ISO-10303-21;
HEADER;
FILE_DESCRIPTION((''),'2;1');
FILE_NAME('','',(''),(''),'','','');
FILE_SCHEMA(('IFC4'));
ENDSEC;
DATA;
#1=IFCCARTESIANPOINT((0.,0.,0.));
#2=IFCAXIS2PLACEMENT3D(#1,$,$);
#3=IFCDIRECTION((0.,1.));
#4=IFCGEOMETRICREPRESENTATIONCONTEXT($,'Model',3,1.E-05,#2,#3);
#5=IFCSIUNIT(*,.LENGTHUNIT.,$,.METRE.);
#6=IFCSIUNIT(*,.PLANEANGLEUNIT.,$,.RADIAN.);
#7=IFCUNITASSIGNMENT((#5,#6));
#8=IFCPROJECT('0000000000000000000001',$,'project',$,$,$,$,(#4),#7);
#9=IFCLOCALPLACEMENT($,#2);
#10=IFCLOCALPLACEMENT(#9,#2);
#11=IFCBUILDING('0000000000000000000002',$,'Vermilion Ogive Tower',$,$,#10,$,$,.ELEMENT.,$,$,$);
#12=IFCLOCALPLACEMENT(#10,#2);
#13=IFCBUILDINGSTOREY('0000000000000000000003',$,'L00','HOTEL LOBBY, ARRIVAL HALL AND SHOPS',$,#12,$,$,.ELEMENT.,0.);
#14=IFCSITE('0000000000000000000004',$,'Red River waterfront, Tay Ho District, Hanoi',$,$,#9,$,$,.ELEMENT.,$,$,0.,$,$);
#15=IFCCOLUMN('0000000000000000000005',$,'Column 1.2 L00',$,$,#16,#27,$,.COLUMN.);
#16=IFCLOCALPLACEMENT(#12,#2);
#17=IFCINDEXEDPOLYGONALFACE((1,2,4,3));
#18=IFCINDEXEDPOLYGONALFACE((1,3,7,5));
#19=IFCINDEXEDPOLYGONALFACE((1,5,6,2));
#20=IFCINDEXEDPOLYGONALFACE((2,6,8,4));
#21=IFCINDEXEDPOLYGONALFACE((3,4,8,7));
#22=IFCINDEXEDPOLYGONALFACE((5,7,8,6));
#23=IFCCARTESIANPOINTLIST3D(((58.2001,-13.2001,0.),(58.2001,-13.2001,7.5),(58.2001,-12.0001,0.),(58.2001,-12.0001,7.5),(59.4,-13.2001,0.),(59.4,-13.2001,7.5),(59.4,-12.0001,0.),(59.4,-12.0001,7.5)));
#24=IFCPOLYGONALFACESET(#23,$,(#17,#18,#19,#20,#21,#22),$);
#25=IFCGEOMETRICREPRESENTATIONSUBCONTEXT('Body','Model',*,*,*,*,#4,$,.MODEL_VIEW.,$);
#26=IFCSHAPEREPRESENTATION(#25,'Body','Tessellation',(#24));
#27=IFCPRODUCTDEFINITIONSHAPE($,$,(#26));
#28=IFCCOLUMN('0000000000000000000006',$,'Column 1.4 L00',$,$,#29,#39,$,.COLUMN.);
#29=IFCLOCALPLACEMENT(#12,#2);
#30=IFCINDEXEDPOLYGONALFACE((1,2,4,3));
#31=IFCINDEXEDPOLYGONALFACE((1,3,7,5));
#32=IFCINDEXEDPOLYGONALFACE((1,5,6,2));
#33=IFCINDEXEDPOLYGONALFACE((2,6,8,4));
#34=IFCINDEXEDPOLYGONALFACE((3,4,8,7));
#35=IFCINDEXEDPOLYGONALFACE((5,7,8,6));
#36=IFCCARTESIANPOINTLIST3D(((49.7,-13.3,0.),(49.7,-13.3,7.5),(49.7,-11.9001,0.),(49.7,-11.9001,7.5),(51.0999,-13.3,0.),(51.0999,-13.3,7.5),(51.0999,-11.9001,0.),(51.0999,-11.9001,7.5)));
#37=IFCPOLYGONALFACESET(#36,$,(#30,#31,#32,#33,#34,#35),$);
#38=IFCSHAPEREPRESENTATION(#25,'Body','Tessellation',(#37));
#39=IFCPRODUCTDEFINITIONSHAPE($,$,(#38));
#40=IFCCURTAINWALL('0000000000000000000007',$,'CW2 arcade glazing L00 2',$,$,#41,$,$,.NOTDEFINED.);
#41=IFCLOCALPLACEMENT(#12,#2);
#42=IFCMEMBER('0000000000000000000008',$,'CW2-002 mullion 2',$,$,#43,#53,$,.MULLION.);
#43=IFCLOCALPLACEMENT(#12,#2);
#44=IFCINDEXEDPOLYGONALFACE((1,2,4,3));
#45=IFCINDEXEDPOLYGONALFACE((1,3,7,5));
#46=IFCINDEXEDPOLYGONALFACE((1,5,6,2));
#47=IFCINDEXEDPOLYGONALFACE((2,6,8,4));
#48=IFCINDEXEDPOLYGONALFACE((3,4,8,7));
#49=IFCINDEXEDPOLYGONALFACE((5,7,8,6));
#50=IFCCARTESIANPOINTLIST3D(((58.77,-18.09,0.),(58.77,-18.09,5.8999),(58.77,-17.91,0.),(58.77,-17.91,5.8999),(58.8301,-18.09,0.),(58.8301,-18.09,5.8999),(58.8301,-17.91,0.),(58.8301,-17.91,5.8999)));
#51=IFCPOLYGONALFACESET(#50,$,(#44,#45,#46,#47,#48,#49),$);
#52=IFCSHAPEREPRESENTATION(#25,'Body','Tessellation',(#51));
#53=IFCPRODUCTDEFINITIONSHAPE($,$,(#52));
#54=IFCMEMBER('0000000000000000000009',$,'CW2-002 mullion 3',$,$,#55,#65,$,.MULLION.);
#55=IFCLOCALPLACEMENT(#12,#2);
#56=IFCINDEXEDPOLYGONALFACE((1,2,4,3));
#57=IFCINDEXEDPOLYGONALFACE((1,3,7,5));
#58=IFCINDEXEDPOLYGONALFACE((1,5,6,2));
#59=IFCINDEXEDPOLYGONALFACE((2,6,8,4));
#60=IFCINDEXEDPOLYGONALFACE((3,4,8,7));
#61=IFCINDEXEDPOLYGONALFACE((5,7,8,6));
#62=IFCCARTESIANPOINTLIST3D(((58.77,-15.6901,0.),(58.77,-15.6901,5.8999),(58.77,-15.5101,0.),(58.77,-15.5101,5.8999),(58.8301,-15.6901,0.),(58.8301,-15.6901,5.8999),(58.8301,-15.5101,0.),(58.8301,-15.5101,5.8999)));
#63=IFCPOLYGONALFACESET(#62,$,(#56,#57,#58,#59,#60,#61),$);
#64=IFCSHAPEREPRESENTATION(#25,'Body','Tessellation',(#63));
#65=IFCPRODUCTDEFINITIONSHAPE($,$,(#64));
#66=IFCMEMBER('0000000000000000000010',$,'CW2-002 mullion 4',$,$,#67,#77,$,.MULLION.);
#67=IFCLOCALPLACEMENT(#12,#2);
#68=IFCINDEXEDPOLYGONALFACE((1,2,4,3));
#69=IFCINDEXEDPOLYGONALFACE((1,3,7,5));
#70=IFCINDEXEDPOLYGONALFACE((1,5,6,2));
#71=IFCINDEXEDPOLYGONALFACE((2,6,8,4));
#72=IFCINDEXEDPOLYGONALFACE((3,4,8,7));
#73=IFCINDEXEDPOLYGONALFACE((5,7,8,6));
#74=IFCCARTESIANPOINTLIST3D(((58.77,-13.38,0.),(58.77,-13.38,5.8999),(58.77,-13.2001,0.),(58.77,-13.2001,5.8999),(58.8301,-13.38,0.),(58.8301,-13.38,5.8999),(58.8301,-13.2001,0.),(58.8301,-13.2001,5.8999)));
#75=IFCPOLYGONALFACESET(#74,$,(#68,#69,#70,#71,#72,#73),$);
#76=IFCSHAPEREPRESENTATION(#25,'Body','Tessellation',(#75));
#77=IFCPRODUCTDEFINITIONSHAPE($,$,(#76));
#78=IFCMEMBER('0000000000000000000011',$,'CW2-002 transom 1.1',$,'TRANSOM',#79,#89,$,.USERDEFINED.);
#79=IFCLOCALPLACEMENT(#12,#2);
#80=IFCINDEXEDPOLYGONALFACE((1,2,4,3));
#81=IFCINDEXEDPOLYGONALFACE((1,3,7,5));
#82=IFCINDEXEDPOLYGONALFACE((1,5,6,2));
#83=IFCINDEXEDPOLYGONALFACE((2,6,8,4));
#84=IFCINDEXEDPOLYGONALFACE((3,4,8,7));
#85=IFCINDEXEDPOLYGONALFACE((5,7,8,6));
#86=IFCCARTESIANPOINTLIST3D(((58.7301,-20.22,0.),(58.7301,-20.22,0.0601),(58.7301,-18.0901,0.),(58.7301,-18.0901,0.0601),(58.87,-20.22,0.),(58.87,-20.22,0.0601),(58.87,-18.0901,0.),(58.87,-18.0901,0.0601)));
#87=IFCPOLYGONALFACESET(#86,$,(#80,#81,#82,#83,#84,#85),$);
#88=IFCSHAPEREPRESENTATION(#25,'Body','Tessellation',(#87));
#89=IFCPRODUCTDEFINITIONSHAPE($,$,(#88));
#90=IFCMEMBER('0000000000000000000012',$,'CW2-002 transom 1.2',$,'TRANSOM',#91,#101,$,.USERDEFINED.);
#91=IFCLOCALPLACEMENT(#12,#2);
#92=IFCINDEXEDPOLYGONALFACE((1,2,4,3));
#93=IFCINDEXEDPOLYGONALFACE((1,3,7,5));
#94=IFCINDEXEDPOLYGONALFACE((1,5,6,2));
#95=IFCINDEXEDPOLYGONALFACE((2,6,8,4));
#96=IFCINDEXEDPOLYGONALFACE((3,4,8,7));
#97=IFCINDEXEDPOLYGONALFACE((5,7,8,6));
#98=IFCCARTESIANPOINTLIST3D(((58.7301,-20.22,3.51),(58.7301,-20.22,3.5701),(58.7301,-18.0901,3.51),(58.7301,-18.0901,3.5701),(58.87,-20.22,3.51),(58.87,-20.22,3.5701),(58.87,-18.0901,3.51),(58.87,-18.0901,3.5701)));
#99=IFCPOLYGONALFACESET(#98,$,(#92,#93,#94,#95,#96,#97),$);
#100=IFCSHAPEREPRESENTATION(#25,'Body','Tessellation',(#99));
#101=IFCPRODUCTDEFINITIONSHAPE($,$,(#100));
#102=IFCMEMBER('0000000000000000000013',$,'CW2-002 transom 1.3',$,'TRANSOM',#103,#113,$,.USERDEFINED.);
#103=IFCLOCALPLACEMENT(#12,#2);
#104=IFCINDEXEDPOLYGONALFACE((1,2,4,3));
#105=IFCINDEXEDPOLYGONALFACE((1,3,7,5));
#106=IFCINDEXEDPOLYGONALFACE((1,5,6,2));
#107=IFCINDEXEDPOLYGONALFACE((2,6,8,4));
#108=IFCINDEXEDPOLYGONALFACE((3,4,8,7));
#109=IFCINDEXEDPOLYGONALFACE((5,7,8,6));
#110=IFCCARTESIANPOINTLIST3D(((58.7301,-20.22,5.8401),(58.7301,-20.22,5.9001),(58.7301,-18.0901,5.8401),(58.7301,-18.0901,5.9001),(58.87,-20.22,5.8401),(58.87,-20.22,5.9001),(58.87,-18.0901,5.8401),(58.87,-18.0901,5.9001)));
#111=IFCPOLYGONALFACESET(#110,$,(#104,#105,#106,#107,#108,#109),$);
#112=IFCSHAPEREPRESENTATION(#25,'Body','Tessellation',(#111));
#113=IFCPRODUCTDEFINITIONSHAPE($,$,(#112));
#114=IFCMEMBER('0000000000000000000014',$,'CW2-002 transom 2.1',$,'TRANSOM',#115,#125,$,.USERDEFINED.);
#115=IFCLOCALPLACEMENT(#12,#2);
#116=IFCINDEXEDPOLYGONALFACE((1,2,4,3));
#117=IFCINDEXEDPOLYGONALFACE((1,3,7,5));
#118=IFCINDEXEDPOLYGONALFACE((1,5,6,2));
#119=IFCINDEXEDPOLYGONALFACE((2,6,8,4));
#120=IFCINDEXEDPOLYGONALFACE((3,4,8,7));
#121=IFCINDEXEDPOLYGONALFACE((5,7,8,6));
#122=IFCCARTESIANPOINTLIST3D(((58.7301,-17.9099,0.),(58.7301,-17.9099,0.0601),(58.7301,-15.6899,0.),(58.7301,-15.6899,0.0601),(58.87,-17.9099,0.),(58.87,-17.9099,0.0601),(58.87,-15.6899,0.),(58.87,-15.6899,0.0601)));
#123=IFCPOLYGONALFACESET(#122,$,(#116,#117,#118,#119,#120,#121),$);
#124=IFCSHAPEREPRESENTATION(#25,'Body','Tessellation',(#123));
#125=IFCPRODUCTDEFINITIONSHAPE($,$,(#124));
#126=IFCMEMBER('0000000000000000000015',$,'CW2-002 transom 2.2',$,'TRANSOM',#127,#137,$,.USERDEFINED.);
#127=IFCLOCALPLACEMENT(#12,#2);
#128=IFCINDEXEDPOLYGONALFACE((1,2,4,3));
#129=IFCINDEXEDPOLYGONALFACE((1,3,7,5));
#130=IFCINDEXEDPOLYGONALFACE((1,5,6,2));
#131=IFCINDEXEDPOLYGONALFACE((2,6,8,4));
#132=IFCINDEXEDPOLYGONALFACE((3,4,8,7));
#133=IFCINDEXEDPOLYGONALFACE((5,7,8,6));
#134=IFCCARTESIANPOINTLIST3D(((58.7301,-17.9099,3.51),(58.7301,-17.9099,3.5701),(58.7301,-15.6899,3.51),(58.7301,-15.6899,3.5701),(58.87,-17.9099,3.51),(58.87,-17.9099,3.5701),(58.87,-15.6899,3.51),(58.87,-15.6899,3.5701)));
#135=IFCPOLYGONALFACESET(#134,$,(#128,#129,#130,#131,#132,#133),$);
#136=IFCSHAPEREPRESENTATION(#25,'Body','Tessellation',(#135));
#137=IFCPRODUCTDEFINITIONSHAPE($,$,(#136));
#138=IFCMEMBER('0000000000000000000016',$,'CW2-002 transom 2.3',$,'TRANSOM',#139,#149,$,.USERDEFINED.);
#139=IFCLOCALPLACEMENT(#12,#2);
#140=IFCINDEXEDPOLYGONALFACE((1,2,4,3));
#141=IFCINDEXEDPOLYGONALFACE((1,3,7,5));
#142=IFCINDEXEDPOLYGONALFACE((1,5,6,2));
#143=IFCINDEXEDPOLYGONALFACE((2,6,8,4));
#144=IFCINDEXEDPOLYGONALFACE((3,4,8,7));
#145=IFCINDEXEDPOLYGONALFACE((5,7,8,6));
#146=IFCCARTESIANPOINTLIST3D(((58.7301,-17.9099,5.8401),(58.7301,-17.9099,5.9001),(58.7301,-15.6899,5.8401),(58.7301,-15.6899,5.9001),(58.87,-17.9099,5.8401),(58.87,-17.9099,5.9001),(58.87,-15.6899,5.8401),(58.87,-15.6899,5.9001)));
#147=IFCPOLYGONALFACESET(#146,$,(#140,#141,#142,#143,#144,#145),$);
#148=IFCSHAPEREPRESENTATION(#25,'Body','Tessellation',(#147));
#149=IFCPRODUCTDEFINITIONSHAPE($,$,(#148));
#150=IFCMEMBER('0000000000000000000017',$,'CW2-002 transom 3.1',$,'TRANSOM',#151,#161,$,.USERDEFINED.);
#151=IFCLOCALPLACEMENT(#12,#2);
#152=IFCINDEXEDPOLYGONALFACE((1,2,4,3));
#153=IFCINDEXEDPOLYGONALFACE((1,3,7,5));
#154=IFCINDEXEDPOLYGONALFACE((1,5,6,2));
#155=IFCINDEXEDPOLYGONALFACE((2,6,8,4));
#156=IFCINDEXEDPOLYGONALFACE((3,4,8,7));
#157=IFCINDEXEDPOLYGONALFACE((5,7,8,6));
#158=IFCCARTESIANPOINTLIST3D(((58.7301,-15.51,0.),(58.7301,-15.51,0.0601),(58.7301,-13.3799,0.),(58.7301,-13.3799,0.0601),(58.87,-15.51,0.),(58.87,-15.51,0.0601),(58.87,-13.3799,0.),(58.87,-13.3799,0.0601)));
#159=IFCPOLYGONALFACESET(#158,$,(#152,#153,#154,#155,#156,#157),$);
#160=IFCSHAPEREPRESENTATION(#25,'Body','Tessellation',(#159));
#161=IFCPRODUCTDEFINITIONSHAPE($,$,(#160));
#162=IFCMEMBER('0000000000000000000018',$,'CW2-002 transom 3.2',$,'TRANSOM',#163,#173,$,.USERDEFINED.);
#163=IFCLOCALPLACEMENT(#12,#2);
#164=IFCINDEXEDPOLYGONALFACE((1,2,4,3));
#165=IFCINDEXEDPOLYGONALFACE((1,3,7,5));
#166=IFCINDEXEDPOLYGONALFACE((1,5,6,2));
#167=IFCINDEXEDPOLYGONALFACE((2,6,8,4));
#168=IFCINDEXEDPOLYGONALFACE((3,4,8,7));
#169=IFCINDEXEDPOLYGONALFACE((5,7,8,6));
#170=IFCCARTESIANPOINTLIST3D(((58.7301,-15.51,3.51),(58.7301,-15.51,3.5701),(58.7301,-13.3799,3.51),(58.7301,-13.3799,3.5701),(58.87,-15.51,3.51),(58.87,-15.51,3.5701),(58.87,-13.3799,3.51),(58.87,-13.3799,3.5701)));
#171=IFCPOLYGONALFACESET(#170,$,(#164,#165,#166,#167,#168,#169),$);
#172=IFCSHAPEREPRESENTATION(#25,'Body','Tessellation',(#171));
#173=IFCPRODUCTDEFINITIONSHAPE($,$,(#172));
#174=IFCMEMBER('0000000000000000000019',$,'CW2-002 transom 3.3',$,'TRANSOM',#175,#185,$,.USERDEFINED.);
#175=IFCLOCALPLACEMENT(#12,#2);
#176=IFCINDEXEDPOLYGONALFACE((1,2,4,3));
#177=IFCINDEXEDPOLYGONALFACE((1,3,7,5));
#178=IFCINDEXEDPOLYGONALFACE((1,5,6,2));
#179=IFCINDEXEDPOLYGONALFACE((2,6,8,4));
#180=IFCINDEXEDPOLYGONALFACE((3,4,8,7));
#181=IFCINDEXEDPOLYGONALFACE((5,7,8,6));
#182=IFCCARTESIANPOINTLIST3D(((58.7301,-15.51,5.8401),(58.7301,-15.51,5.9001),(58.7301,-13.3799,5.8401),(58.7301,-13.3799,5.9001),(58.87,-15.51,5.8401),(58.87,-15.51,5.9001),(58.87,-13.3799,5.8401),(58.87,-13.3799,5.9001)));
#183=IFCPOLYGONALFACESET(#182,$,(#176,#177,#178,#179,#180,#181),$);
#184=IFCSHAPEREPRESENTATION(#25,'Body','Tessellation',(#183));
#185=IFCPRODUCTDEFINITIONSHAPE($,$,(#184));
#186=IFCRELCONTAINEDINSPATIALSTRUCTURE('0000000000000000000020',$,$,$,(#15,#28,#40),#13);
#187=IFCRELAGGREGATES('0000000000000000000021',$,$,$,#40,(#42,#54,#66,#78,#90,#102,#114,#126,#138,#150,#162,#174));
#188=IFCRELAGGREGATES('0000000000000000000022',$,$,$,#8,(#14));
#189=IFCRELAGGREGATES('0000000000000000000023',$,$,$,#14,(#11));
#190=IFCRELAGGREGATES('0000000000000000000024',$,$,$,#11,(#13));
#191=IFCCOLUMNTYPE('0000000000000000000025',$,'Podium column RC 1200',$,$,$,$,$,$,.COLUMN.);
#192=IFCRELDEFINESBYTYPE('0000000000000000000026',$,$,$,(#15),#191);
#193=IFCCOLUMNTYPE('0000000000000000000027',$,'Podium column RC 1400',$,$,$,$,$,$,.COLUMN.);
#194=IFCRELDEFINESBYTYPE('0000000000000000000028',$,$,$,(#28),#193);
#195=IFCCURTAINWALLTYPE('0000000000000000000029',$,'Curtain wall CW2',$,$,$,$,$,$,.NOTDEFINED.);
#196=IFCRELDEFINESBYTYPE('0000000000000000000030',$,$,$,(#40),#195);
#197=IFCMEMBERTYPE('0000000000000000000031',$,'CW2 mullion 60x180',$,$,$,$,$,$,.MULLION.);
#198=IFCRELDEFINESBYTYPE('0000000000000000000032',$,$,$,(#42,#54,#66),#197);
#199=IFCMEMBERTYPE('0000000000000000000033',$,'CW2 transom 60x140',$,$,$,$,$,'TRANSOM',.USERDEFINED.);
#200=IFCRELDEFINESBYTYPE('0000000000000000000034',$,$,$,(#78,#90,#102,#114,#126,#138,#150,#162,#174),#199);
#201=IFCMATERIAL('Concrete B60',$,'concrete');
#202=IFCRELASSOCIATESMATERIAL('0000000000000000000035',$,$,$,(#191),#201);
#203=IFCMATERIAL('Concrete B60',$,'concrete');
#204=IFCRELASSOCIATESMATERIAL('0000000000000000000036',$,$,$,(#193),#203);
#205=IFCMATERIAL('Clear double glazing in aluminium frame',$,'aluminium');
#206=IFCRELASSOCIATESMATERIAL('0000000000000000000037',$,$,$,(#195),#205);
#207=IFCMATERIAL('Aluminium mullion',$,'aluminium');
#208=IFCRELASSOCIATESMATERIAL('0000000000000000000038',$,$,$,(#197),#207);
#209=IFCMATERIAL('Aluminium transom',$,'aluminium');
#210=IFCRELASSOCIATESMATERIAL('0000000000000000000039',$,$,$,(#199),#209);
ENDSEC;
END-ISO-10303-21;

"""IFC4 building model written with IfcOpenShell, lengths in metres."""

from ifc_helpers import new_model, si_unit, direction, frame, origin, origin_2d, place, context, subcontext, project, spatial, rectangle, extrude, material, material_profile, profile_set, type_object, element, aggregate, save


model = new_model("IFC4")

# Units and contexts
model_context = context("Model", 3, precision=1e-05, world=origin(), true_north=direction((0.0, 1.0)))
body_context = subcontext(model_context, "Body", "Model", "MODEL_VIEW")
ifc_project = project(units=[si_unit("LENGTHUNIT", "METRE"), si_unit("PLANEANGLEUNIT", "RADIAN")], contexts=[model_context])

# Site, building, storey
site_placement = place(None, origin())
site = spatial("IfcSite", under=ifc_project, at=site_placement, Name="Red River waterfront, Tay Ho District, Hanoi", CompositionType="ELEMENT", RefElevation=0.0)
building_placement = place(site_placement, origin())
building = spatial("IfcBuilding", under=site, at=building_placement, Name="Vermilion Ogive Tower", CompositionType="ELEMENT")
storey_placement = place(building_placement, origin())
storey = spatial("IfcBuildingStorey", under=building, at=storey_placement, Name="L00", Description="HOTEL LOBBY, ARRIVAL HALL AND SHOPS", CompositionType="ELEMENT", Elevation=0.0)

# Columns
ifc_material_1 = material(Name="Concrete B60", Category="concrete")
ifc_material_profile_1 = material_profile(ifc_material_1, rectangle(XDim=1.2, YDim=1.2, at=origin_2d()), Name="RC 1200x1200")
ifc_profile_set_1 = profile_set([ifc_material_profile_1], Name="Concrete B60")
column_type_1 = type_object("IfcColumnType", Name="Podium column RC 1200", PredefinedType="COLUMN", material=ifc_profile_set_1)
column_1_placement = place(storey_placement, frame((58.8, -12.6001, 0.0), z_axis=(0.0, 0.0, 1.0), x_axis=(1.0, 0.0, 0.0)))
element("IfcColumn", 1, at=column_1_placement, inside=storey, type_object=column_type_1, Name="Column 1.2 L00", PredefinedType="COLUMN", context=body_context, shape_type="SweptSolid", body=[
    extrude(rectangle(XDim=1.2, YDim=1.2, at=origin_2d()), origin(), (0.0, 0.0, 1.0), 7.5),
])
ifc_material_2 = material(Name="Concrete B60", Category="concrete")
ifc_material_profile_2 = material_profile(ifc_material_2, rectangle(XDim=1.3999, YDim=1.3999, at=origin_2d()), Name="RC 1400x1400")
ifc_profile_set_2 = profile_set([ifc_material_profile_2], Name="Concrete B60")
column_type_2 = type_object("IfcColumnType", Name="Podium column RC 1400", PredefinedType="COLUMN", material=ifc_profile_set_2)
column_2_placement = place(storey_placement, frame((50.3999, -12.6001, 0.0), z_axis=(0.0, 0.0, 1.0), x_axis=(1.0, 0.0, 0.0)))
element("IfcColumn", 2, at=column_2_placement, inside=storey, type_object=column_type_2, Name="Column 1.4 L00", PredefinedType="COLUMN", context=body_context, shape_type="SweptSolid", body=[
    extrude(rectangle(XDim=1.3999, YDim=1.3999, at=origin_2d()), origin(), (0.0, 0.0, 1.0), 7.5),
])

# Curtain wall, members
ifc_material_3 = material(Name="Clear double glazing in aluminium frame", Category="aluminium")
curtain_wall_type = type_object("IfcCurtainWallType", Name="Curtain wall CW2", PredefinedType="NOTDEFINED", material=ifc_material_3)
curtain_wall_placement = place(storey_placement, origin())
curtain_wall = element("IfcCurtainWall", 3, at=curtain_wall_placement, inside=storey, type_object=curtain_wall_type, Name="CW2 arcade glazing L00 2", PredefinedType="NOTDEFINED")
ifc_material_4 = material(Name="Aluminium mullion", Category="aluminium")
ifc_material_profile_3 = material_profile(ifc_material_4, rectangle(XDim=0.0601, YDim=0.1799, at=origin_2d()), Name="AL 60x180")
ifc_profile_set_3 = profile_set([ifc_material_profile_3], Name="Aluminium mullion")
member_type_1 = type_object("IfcMemberType", Name="CW2 mullion 60x180", PredefinedType="MULLION", material=ifc_profile_set_3)
member_1_placement = place(storey_placement, frame((58.8, -18.0, 0.0), z_axis=(0.0, 0.0, 1.0), x_axis=(-1.0, 0.0, 0.0)))
member_1 = element("IfcMember", 4, at=member_1_placement, type_object=member_type_1, Name="CW2-002 mullion 2", PredefinedType="MULLION", context=body_context, shape_type="SweptSolid", body=[
    extrude(rectangle(XDim=0.0601, YDim=0.1799, at=origin_2d()), origin(), (0.0, 0.0, 1.0), 5.8999),
])
member_2_placement = place(storey_placement, frame((58.8, -15.6001, 0.0), z_axis=(0.0, 0.0, 1.0), x_axis=(-1.0, 0.0, 0.0)))
member_2 = element("IfcMember", 5, at=member_2_placement, type_object=member_type_1, Name="CW2-002 mullion 3", PredefinedType="MULLION", context=body_context, shape_type="SweptSolid", body=[
    extrude(rectangle(XDim=0.0601, YDim=0.1799, at=origin_2d()), origin(), (0.0, 0.0, 1.0), 5.8999),
])
member_3_placement = place(storey_placement, frame((58.8, -13.29, 0.0), z_axis=(0.0, 0.0, 1.0), x_axis=(-1.0, 0.0, 0.0)))
member_3 = element("IfcMember", 6, at=member_3_placement, type_object=member_type_1, Name="CW2-002 mullion 4", PredefinedType="MULLION", context=body_context, shape_type="SweptSolid", body=[
    extrude(rectangle(XDim=0.0601, YDim=0.1799, at=origin_2d()), origin(), (0.0, 0.0, 1.0), 5.8999),
])
ifc_material_5 = material(Name="Aluminium transom", Category="aluminium")
ifc_material_profile_4 = material_profile(ifc_material_5, rectangle(XDim=0.1399, YDim=0.0601, at=origin_2d()), Name="AL 60x140")
ifc_profile_set_4 = profile_set([ifc_material_profile_4], Name="Aluminium transom")
member_type_2 = type_object("IfcMemberType", Name="CW2 transom 60x140", ElementType="TRANSOM", PredefinedType="USERDEFINED", material=ifc_profile_set_4)
member_4_placement = place(storey_placement, frame((58.8, -20.22, 0.03), z_axis=(0.0, 1.0, 0.0), x_axis=(-1.0, 0.0, 0.0)))
member_4 = element("IfcMember", 7, at=member_4_placement, type_object=member_type_2, Name="CW2-002 transom 1.1", ObjectType="TRANSOM", PredefinedType="USERDEFINED", context=body_context, shape_type="SweptSolid", body=[
    extrude(rectangle(XDim=0.1399, YDim=0.0601, at=origin_2d()), origin(), (0.0, 0.0, 1.0), 2.1299),
])
member_5_placement = place(storey_placement, frame((58.8, -20.22, 3.54), z_axis=(0.0, 1.0, 0.0), x_axis=(-1.0, 0.0, 0.0)))
member_5 = element("IfcMember", 8, at=member_5_placement, type_object=member_type_2, Name="CW2-002 transom 1.2", ObjectType="TRANSOM", PredefinedType="USERDEFINED", context=body_context, shape_type="SweptSolid", body=[
    extrude(rectangle(XDim=0.1399, YDim=0.0601, at=origin_2d()), origin(), (0.0, 0.0, 1.0), 2.1299),
])
member_6_placement = place(storey_placement, frame((58.8, -20.22, 5.8701), z_axis=(0.0, 1.0, 0.0), x_axis=(-1.0, 0.0, 0.0)))
member_6 = element("IfcMember", 9, at=member_6_placement, type_object=member_type_2, Name="CW2-002 transom 1.3", ObjectType="TRANSOM", PredefinedType="USERDEFINED", context=body_context, shape_type="SweptSolid", body=[
    extrude(rectangle(XDim=0.1399, YDim=0.0601, at=origin_2d()), origin(), (0.0, 0.0, 1.0), 2.1299),
])
member_7_placement = place(storey_placement, frame((58.8, -17.9099, 0.03), z_axis=(0.0, 1.0, 0.0), x_axis=(-1.0, 0.0, 0.0)))
member_7 = element("IfcMember", 10, at=member_7_placement, type_object=member_type_2, Name="CW2-002 transom 2.1", ObjectType="TRANSOM", PredefinedType="USERDEFINED", context=body_context, shape_type="SweptSolid", body=[
    extrude(rectangle(XDim=0.1399, YDim=0.0601, at=origin_2d()), origin(), (0.0, 0.0, 1.0), 2.22),
])
member_8_placement = place(storey_placement, frame((58.8, -17.9099, 3.54), z_axis=(0.0, 1.0, 0.0), x_axis=(-1.0, 0.0, 0.0)))
member_8 = element("IfcMember", 11, at=member_8_placement, type_object=member_type_2, Name="CW2-002 transom 2.2", ObjectType="TRANSOM", PredefinedType="USERDEFINED", context=body_context, shape_type="SweptSolid", body=[
    extrude(rectangle(XDim=0.1399, YDim=0.0601, at=origin_2d()), origin(), (0.0, 0.0, 1.0), 2.22),
])
member_9_placement = place(storey_placement, frame((58.8, -17.9099, 5.8701), z_axis=(0.0, 1.0, 0.0), x_axis=(-1.0, 0.0, 0.0)))
member_9 = element("IfcMember", 12, at=member_9_placement, type_object=member_type_2, Name="CW2-002 transom 2.3", ObjectType="TRANSOM", PredefinedType="USERDEFINED", context=body_context, shape_type="SweptSolid", body=[
    extrude(rectangle(XDim=0.1399, YDim=0.0601, at=origin_2d()), origin(), (0.0, 0.0, 1.0), 2.22),
])
member_10_placement = place(storey_placement, frame((58.8, -15.51, 0.03), z_axis=(0.0, 1.0, 0.0), x_axis=(-1.0, 0.0, 0.0)))
member_10 = element("IfcMember", 13, at=member_10_placement, type_object=member_type_2, Name="CW2-002 transom 3.1", ObjectType="TRANSOM", PredefinedType="USERDEFINED", context=body_context, shape_type="SweptSolid", body=[
    extrude(rectangle(XDim=0.1399, YDim=0.0601, at=origin_2d()), origin(), (0.0, 0.0, 1.0), 2.1301),
])
member_11_placement = place(storey_placement, frame((58.8, -15.51, 3.54), z_axis=(0.0, 1.0, 0.0), x_axis=(-1.0, 0.0, 0.0)))
member_11 = element("IfcMember", 14, at=member_11_placement, type_object=member_type_2, Name="CW2-002 transom 3.2", ObjectType="TRANSOM", PredefinedType="USERDEFINED", context=body_context, shape_type="SweptSolid", body=[
    extrude(rectangle(XDim=0.1399, YDim=0.0601, at=origin_2d()), origin(), (0.0, 0.0, 1.0), 2.1301),
])
member_12_placement = place(storey_placement, frame((58.8, -15.51, 5.8701), z_axis=(0.0, 1.0, 0.0), x_axis=(-1.0, 0.0, 0.0)))
member_12 = element("IfcMember", 15, at=member_12_placement, type_object=member_type_2, Name="CW2-002 transom 3.3", ObjectType="TRANSOM", PredefinedType="USERDEFINED", context=body_context, shape_type="SweptSolid", body=[
    extrude(rectangle(XDim=0.1399, YDim=0.0601, at=origin_2d()), origin(), (0.0, 0.0, 1.0), 2.1301),
])
aggregate(curtain_wall, [member_1, member_2, member_3, member_4, member_5, member_6, member_7, member_8, member_9, member_10, member_11, member_12])

save(model, "model.ifc")
